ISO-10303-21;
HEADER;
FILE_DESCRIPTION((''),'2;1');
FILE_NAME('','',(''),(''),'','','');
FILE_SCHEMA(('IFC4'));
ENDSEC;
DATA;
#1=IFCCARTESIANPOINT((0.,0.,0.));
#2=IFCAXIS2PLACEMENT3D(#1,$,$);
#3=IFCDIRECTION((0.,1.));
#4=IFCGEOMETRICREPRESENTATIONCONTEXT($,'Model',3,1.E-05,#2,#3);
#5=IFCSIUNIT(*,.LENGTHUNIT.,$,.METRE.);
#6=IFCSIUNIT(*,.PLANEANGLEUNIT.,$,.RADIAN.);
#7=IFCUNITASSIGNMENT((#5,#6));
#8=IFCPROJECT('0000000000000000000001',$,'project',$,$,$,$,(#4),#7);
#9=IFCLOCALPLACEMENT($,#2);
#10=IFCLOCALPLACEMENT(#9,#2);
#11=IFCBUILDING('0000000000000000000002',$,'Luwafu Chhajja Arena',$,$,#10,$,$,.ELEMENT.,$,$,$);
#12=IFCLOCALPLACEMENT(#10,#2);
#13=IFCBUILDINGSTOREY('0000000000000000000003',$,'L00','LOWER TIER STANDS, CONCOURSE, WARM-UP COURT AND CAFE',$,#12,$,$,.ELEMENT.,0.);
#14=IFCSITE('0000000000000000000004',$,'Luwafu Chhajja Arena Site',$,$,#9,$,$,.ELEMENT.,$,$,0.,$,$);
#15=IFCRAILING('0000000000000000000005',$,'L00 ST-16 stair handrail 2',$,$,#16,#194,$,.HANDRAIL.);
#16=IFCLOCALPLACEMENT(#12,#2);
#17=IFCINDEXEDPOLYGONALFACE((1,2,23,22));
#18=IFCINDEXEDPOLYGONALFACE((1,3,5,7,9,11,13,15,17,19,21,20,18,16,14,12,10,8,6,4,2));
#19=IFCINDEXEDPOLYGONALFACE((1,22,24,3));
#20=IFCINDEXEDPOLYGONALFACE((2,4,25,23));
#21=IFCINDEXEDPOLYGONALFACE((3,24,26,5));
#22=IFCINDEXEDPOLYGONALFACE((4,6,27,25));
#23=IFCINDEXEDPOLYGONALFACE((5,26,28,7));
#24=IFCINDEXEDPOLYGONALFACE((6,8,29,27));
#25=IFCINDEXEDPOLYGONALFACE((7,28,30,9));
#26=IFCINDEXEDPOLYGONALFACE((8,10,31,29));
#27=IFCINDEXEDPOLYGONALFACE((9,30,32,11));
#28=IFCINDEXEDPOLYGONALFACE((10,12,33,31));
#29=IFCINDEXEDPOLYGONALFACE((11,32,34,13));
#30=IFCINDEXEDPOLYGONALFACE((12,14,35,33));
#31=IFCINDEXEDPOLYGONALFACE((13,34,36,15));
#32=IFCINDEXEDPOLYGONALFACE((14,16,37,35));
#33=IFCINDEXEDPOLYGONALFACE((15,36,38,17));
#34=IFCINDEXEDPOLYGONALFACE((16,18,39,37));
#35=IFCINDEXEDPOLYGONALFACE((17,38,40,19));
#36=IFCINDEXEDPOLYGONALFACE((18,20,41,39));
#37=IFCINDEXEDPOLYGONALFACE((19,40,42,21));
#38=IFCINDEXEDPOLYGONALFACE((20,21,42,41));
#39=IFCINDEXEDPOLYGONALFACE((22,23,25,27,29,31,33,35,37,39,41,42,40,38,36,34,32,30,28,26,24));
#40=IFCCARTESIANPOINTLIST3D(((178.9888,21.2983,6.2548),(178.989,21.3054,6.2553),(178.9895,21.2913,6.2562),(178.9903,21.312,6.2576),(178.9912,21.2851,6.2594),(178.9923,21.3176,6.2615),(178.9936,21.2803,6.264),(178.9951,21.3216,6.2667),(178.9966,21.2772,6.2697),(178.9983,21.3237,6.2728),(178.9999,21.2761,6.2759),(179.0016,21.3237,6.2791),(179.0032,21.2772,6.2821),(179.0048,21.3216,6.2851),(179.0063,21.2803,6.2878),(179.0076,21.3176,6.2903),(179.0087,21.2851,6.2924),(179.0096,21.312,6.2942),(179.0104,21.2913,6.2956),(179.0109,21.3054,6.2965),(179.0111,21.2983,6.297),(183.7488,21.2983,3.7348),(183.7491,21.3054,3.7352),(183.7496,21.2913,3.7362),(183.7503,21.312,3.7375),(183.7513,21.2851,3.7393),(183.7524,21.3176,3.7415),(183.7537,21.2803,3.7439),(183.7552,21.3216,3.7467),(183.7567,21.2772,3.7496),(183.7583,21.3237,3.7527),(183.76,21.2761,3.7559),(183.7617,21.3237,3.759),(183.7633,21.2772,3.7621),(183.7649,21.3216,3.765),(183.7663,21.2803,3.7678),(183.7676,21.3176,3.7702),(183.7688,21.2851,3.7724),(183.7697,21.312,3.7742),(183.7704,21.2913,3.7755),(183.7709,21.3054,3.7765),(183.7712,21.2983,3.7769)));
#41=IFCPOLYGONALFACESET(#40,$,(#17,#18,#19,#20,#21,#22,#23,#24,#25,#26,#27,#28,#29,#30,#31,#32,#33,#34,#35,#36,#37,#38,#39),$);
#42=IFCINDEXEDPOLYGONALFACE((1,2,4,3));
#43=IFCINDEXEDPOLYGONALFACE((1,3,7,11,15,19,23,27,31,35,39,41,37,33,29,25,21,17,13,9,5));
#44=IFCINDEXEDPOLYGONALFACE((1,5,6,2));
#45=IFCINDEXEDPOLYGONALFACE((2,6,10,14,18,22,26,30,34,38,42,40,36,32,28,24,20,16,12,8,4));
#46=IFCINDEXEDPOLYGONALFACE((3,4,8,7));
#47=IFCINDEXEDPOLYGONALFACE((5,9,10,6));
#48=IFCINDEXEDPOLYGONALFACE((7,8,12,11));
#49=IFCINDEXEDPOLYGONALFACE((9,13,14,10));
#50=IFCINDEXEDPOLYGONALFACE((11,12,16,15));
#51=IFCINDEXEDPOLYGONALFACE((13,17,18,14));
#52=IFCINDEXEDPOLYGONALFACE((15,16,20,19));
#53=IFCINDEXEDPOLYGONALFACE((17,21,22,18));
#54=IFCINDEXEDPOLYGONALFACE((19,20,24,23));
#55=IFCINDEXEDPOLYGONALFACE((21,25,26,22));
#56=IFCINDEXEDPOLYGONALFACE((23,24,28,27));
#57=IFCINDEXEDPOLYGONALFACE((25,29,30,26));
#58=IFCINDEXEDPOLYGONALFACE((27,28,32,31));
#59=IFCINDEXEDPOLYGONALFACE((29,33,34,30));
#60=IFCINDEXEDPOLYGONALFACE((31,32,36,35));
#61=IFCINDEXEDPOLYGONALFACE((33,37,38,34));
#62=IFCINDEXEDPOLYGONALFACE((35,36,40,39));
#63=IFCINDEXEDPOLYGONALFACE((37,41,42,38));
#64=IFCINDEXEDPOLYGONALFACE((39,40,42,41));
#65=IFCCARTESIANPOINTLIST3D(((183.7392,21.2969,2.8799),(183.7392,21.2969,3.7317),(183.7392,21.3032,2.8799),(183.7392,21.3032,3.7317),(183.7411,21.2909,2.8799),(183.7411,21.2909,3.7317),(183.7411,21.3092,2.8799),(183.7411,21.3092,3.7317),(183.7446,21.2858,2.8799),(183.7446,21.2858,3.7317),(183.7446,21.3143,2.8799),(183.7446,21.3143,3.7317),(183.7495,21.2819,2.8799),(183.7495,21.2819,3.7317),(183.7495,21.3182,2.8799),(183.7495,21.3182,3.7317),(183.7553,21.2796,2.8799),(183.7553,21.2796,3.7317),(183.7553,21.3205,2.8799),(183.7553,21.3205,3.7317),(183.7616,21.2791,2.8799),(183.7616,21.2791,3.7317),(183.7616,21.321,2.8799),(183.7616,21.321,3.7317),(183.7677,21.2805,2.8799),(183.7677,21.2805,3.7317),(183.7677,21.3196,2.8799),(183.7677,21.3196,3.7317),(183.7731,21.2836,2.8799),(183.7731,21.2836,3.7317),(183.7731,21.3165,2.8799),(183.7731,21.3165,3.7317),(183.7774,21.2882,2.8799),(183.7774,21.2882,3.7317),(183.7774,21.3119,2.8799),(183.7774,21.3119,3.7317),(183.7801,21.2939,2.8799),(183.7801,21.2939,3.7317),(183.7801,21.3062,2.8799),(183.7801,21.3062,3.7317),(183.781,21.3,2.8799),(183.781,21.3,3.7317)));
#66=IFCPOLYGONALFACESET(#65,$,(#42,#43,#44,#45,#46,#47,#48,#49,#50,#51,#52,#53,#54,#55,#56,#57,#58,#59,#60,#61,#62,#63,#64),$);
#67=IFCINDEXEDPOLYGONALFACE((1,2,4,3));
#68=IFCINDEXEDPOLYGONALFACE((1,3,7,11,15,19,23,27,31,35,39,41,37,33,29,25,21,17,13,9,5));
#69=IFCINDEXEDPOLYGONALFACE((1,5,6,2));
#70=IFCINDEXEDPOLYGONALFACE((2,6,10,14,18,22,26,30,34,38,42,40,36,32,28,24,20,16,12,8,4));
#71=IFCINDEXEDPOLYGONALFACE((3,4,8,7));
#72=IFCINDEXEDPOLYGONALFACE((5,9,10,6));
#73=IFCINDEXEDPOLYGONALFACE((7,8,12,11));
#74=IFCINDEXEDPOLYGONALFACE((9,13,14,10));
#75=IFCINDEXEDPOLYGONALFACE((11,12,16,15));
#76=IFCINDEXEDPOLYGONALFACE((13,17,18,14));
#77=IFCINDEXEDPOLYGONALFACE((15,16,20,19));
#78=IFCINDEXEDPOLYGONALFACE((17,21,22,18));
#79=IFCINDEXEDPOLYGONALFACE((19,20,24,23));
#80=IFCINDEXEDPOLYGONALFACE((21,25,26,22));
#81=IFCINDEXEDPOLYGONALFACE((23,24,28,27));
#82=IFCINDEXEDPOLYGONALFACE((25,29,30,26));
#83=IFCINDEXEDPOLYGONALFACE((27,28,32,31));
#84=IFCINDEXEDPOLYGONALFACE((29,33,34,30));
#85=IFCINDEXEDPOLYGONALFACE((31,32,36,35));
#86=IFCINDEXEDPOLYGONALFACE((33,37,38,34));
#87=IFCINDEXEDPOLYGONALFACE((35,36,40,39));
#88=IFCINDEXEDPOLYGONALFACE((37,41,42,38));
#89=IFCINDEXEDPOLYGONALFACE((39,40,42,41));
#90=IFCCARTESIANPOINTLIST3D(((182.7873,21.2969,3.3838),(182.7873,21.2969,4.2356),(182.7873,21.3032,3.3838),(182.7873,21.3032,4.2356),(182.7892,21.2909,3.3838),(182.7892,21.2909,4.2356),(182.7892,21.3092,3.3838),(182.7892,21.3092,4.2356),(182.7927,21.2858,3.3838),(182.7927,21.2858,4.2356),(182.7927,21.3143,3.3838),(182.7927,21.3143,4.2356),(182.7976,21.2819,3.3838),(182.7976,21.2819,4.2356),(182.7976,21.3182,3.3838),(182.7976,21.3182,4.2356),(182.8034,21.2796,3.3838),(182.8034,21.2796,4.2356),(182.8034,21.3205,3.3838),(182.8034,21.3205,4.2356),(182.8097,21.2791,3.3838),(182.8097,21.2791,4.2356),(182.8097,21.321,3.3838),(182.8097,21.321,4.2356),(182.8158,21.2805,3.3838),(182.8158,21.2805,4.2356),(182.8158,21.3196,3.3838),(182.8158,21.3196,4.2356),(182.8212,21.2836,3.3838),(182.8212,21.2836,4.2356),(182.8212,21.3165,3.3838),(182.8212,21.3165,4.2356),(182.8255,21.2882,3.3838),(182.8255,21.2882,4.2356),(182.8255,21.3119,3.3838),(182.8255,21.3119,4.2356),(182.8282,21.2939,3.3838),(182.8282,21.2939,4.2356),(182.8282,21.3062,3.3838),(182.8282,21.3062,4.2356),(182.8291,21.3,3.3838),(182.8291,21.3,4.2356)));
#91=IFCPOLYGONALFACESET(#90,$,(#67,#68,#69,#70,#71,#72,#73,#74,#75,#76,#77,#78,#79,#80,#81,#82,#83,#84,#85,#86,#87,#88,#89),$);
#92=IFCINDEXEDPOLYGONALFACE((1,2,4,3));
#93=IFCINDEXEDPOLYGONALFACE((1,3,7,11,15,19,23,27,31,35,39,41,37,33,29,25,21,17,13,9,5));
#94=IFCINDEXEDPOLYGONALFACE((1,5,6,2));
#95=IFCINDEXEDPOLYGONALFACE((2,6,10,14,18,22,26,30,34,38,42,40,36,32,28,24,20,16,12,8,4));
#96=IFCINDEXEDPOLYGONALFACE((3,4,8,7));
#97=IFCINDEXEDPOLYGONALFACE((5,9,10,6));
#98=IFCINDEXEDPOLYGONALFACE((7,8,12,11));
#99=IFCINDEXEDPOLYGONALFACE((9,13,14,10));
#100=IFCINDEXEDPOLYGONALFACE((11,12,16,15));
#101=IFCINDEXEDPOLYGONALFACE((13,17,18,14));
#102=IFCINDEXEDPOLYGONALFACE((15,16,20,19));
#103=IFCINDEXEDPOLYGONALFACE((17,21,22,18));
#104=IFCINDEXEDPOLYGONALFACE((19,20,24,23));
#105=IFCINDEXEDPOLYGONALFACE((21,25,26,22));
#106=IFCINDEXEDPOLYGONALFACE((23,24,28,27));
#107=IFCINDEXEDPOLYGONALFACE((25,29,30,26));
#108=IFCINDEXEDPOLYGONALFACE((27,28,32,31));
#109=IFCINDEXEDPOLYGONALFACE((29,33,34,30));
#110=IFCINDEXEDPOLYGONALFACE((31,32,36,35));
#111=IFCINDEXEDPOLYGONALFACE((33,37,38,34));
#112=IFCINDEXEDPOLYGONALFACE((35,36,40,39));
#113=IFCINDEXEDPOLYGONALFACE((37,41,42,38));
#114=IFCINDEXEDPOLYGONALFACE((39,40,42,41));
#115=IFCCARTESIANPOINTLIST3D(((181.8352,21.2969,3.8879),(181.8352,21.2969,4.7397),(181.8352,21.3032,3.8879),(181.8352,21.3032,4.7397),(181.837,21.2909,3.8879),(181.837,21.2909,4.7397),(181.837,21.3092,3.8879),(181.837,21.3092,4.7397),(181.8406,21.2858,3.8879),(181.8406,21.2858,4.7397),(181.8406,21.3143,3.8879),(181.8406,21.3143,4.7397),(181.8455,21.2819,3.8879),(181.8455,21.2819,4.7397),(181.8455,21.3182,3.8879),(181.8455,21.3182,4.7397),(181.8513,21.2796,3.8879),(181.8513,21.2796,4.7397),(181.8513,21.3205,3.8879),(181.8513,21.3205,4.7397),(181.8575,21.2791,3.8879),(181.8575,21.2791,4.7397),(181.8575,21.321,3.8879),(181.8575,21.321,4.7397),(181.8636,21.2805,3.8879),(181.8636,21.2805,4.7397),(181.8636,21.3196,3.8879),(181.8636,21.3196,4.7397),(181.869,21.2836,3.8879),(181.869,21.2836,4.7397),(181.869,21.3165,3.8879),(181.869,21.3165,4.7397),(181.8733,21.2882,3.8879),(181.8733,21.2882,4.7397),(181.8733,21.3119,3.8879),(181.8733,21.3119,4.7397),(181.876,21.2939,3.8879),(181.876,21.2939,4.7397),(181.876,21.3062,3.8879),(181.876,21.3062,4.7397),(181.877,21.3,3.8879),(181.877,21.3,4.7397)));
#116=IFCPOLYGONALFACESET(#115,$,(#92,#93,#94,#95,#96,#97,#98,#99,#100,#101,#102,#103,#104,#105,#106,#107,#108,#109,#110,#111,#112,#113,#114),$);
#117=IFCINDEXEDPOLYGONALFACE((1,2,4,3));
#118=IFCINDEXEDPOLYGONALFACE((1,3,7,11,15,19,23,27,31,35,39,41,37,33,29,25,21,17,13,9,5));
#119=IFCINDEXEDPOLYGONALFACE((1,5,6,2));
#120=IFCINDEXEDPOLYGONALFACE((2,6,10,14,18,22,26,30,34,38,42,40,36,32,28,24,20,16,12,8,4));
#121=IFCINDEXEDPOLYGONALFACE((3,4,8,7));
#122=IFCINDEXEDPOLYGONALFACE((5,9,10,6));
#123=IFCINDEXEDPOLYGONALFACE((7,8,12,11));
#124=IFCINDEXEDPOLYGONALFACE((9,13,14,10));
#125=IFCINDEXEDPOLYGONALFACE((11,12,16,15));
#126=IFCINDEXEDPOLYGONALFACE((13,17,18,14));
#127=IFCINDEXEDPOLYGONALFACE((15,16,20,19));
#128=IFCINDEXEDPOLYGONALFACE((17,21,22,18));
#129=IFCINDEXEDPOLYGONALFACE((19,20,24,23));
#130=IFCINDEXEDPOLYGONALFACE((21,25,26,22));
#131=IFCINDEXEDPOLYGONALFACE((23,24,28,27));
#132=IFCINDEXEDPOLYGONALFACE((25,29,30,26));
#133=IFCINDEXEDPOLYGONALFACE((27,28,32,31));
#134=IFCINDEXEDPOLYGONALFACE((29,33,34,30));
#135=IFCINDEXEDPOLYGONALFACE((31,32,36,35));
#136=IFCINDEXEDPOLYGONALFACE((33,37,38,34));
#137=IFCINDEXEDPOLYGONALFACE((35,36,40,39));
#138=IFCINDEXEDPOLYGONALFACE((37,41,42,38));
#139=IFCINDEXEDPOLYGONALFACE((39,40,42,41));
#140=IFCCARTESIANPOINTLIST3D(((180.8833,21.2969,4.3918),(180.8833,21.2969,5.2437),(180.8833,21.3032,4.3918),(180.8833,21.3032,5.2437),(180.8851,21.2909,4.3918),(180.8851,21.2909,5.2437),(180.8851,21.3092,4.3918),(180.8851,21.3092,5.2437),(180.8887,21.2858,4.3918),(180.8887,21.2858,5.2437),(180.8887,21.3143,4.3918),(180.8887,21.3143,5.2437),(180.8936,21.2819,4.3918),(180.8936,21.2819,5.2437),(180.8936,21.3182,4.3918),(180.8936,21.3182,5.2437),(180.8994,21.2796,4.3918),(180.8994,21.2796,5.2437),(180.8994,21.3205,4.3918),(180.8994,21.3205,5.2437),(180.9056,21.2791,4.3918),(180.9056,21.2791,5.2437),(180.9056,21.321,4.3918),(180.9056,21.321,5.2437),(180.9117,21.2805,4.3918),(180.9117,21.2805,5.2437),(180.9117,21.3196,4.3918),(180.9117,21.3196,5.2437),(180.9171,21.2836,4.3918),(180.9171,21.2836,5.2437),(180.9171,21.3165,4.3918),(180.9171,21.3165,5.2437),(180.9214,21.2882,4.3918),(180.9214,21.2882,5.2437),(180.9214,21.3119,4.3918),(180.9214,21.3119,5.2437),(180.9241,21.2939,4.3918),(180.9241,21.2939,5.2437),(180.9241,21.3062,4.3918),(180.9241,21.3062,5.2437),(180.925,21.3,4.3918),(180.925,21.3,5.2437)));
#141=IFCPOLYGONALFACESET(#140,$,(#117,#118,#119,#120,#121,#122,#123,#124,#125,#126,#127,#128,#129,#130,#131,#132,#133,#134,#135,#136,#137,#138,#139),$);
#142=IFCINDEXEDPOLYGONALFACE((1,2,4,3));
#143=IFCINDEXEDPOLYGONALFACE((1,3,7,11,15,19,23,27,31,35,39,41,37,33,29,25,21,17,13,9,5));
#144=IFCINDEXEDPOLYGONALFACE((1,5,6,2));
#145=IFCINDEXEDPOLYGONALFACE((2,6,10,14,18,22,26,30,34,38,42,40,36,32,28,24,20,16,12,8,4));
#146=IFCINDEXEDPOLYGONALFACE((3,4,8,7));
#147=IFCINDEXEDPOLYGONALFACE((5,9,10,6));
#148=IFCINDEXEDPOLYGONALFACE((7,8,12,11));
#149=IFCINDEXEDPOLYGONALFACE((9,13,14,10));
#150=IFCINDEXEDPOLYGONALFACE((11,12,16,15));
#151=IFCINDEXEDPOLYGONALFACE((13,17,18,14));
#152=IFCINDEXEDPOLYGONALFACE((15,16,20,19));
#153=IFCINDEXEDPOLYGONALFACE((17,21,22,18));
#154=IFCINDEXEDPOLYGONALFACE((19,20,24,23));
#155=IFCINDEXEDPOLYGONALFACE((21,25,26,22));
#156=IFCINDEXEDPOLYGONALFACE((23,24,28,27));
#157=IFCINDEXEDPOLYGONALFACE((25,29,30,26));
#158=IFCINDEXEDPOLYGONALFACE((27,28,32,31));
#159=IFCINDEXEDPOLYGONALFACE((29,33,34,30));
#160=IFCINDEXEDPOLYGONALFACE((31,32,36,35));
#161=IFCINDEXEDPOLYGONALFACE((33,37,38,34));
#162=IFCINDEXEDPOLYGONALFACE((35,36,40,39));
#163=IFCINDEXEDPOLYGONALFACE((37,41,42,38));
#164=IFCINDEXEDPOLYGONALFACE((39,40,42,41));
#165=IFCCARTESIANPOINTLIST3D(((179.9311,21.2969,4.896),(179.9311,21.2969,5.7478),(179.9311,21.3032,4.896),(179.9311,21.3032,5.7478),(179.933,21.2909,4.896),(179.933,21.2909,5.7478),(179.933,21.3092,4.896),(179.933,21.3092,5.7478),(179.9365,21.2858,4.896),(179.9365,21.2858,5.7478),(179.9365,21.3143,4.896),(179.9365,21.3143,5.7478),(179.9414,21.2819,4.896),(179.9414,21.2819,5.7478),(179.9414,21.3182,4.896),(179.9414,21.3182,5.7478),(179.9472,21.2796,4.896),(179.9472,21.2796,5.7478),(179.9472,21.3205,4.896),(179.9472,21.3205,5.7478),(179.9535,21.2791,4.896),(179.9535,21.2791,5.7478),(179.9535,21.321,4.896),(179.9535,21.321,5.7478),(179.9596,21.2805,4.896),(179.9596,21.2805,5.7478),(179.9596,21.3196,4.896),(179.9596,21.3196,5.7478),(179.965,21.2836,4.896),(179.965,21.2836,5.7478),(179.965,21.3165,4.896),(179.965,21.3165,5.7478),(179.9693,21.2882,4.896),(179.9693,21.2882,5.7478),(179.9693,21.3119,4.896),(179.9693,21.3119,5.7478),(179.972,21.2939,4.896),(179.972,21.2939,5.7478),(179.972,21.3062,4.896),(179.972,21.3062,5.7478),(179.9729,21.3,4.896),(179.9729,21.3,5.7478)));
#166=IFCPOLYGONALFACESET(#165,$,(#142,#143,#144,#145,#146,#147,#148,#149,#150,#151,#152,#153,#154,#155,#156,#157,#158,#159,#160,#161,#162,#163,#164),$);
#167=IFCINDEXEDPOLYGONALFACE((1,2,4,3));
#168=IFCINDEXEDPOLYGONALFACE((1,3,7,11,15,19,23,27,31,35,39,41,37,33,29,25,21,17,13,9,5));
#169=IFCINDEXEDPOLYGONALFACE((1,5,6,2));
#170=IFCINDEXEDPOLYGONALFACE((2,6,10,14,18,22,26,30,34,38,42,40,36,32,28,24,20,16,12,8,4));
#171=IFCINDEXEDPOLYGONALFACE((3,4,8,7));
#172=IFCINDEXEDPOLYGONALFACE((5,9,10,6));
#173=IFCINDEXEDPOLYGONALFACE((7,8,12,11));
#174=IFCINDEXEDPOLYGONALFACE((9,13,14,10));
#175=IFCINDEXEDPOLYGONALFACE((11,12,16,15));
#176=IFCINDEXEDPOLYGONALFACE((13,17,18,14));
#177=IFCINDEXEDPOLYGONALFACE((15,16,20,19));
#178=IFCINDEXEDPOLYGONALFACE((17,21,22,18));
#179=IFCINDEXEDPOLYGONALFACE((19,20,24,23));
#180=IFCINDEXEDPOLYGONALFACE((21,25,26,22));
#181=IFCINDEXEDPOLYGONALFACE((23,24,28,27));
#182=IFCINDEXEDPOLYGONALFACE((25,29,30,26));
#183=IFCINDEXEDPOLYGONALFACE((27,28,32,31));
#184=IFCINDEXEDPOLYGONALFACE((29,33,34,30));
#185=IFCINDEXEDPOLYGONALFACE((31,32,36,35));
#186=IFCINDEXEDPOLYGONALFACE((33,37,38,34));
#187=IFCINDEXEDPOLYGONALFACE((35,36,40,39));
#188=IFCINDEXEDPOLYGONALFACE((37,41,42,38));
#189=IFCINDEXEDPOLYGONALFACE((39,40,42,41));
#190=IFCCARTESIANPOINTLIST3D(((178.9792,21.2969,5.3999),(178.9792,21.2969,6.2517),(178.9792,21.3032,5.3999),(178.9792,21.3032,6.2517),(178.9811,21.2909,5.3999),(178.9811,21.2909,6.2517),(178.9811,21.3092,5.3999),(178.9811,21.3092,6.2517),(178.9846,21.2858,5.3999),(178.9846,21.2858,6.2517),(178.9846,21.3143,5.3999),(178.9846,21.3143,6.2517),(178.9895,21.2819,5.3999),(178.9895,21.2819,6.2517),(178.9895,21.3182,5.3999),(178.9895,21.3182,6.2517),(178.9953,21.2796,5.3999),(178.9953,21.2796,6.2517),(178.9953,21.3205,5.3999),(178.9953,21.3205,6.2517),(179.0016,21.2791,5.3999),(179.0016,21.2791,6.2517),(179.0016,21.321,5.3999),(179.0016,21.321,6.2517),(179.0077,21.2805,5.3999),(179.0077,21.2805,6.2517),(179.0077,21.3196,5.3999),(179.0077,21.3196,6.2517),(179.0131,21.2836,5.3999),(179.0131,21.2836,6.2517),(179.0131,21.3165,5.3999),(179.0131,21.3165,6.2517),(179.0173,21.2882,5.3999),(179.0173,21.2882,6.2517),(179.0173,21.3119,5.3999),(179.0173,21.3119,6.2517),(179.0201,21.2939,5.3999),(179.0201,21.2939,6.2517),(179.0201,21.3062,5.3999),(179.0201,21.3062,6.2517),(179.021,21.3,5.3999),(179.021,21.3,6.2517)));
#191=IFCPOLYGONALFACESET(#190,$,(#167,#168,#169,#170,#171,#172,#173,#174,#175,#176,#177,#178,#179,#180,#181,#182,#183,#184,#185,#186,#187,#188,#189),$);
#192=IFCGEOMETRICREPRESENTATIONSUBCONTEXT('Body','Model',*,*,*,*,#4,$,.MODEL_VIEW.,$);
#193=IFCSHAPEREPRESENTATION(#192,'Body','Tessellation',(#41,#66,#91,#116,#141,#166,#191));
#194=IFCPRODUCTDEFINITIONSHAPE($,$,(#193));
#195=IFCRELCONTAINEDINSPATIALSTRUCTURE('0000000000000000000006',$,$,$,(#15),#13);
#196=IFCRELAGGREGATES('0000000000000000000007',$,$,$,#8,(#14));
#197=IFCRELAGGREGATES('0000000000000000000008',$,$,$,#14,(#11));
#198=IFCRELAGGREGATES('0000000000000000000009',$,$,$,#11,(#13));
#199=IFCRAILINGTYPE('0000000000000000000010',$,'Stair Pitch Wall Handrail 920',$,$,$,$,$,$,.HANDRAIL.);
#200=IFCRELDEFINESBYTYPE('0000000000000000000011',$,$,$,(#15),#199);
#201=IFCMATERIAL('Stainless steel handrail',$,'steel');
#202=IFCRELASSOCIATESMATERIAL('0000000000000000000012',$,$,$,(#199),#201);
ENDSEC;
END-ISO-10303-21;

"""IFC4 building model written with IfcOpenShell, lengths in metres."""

from ifc_helpers import new_model, si_unit, direction, frame, origin, origin_2d, place, context, subcontext, project, spatial, circle, extrude, material, type_object, element, save


model = new_model("IFC4")

# Units and contexts
model_context = context("Model", 3, precision=1e-05, world=origin(), true_north=direction((0.0, 1.0)))
body_context = subcontext(model_context, "Body", "Model", "MODEL_VIEW")
ifc_project = project(units=[si_unit("LENGTHUNIT", "METRE"), si_unit("PLANEANGLEUNIT", "RADIAN")], contexts=[model_context])

# Site, building, storey
site_placement = place(None, origin())
site = spatial("IfcSite", under=ifc_project, at=site_placement, Name="Luwafu Chhajja Arena Site", CompositionType="ELEMENT", RefElevation=0.0)
building_placement = place(site_placement, origin())
building = spatial("IfcBuilding", under=site, at=building_placement, Name="Luwafu Chhajja Arena", CompositionType="ELEMENT")
storey_placement = place(building_placement, origin())
storey = spatial("IfcBuildingStorey", under=building, at=storey_placement, Name="L00", Description="LOWER TIER STANDS, CONCOURSE, WARM-UP COURT AND CAFE", CompositionType="ELEMENT", Elevation=0.0)

# Railing
ifc_material_1 = material(Name="Stainless steel handrail", Category="steel")
railing_type_1 = type_object("IfcRailingType", Name="Stair Pitch Wall Handrail 920", PredefinedType="HANDRAIL", material=ifc_material_1)
for number, where, name in (
    (1, (183.76, 21.3, 2.8799), "L00 ST-16 stair handrail 2"),
):
    element("IfcRailing", number, at=place(storey_placement, frame(where)), inside=storey, type_object=railing_type_1, Name=name, PredefinedType="HANDRAIL", context=body_context, shape_type="SweptSolid", body=[
        extrude(circle(Radius=0.0239, at=origin_2d()), frame((0.0, 0.0, 0.876), z_axis=(-0.883787, 0.0, 0.46789), x_axis=(0.0, -1.0, 0.0)), (0.0, 0.0, 1.0), 5.386),
        extrude(circle(Radius=0.021, at=origin_2d()), origin(), (0.0, 0.0, 1.0), 0.8518),
        extrude(circle(Radius=0.021, at=origin_2d()), frame((-0.9519, 0.0, 0.5039)), (0.0, 0.0, 1.0), 0.8518),
        extrude(circle(Radius=0.021, at=origin_2d()), frame((-1.9041, 0.0, 1.0081)), (0.0, 0.0, 1.0), 0.8518),
        extrude(circle(Radius=0.021, at=origin_2d()), frame((-2.856, 0.0, 1.512)), (0.0, 0.0, 1.0), 0.8518),
        extrude(circle(Radius=0.021, at=origin_2d()), frame((-3.8081, 0.0, 2.0161)), (0.0, 0.0, 1.0), 0.8518),
        extrude(circle(Radius=0.021, at=origin_2d()), frame((-4.76, 0.0, 2.52)), (0.0, 0.0, 1.0), 0.8518),
    ])

save(model, "model.ifc")
